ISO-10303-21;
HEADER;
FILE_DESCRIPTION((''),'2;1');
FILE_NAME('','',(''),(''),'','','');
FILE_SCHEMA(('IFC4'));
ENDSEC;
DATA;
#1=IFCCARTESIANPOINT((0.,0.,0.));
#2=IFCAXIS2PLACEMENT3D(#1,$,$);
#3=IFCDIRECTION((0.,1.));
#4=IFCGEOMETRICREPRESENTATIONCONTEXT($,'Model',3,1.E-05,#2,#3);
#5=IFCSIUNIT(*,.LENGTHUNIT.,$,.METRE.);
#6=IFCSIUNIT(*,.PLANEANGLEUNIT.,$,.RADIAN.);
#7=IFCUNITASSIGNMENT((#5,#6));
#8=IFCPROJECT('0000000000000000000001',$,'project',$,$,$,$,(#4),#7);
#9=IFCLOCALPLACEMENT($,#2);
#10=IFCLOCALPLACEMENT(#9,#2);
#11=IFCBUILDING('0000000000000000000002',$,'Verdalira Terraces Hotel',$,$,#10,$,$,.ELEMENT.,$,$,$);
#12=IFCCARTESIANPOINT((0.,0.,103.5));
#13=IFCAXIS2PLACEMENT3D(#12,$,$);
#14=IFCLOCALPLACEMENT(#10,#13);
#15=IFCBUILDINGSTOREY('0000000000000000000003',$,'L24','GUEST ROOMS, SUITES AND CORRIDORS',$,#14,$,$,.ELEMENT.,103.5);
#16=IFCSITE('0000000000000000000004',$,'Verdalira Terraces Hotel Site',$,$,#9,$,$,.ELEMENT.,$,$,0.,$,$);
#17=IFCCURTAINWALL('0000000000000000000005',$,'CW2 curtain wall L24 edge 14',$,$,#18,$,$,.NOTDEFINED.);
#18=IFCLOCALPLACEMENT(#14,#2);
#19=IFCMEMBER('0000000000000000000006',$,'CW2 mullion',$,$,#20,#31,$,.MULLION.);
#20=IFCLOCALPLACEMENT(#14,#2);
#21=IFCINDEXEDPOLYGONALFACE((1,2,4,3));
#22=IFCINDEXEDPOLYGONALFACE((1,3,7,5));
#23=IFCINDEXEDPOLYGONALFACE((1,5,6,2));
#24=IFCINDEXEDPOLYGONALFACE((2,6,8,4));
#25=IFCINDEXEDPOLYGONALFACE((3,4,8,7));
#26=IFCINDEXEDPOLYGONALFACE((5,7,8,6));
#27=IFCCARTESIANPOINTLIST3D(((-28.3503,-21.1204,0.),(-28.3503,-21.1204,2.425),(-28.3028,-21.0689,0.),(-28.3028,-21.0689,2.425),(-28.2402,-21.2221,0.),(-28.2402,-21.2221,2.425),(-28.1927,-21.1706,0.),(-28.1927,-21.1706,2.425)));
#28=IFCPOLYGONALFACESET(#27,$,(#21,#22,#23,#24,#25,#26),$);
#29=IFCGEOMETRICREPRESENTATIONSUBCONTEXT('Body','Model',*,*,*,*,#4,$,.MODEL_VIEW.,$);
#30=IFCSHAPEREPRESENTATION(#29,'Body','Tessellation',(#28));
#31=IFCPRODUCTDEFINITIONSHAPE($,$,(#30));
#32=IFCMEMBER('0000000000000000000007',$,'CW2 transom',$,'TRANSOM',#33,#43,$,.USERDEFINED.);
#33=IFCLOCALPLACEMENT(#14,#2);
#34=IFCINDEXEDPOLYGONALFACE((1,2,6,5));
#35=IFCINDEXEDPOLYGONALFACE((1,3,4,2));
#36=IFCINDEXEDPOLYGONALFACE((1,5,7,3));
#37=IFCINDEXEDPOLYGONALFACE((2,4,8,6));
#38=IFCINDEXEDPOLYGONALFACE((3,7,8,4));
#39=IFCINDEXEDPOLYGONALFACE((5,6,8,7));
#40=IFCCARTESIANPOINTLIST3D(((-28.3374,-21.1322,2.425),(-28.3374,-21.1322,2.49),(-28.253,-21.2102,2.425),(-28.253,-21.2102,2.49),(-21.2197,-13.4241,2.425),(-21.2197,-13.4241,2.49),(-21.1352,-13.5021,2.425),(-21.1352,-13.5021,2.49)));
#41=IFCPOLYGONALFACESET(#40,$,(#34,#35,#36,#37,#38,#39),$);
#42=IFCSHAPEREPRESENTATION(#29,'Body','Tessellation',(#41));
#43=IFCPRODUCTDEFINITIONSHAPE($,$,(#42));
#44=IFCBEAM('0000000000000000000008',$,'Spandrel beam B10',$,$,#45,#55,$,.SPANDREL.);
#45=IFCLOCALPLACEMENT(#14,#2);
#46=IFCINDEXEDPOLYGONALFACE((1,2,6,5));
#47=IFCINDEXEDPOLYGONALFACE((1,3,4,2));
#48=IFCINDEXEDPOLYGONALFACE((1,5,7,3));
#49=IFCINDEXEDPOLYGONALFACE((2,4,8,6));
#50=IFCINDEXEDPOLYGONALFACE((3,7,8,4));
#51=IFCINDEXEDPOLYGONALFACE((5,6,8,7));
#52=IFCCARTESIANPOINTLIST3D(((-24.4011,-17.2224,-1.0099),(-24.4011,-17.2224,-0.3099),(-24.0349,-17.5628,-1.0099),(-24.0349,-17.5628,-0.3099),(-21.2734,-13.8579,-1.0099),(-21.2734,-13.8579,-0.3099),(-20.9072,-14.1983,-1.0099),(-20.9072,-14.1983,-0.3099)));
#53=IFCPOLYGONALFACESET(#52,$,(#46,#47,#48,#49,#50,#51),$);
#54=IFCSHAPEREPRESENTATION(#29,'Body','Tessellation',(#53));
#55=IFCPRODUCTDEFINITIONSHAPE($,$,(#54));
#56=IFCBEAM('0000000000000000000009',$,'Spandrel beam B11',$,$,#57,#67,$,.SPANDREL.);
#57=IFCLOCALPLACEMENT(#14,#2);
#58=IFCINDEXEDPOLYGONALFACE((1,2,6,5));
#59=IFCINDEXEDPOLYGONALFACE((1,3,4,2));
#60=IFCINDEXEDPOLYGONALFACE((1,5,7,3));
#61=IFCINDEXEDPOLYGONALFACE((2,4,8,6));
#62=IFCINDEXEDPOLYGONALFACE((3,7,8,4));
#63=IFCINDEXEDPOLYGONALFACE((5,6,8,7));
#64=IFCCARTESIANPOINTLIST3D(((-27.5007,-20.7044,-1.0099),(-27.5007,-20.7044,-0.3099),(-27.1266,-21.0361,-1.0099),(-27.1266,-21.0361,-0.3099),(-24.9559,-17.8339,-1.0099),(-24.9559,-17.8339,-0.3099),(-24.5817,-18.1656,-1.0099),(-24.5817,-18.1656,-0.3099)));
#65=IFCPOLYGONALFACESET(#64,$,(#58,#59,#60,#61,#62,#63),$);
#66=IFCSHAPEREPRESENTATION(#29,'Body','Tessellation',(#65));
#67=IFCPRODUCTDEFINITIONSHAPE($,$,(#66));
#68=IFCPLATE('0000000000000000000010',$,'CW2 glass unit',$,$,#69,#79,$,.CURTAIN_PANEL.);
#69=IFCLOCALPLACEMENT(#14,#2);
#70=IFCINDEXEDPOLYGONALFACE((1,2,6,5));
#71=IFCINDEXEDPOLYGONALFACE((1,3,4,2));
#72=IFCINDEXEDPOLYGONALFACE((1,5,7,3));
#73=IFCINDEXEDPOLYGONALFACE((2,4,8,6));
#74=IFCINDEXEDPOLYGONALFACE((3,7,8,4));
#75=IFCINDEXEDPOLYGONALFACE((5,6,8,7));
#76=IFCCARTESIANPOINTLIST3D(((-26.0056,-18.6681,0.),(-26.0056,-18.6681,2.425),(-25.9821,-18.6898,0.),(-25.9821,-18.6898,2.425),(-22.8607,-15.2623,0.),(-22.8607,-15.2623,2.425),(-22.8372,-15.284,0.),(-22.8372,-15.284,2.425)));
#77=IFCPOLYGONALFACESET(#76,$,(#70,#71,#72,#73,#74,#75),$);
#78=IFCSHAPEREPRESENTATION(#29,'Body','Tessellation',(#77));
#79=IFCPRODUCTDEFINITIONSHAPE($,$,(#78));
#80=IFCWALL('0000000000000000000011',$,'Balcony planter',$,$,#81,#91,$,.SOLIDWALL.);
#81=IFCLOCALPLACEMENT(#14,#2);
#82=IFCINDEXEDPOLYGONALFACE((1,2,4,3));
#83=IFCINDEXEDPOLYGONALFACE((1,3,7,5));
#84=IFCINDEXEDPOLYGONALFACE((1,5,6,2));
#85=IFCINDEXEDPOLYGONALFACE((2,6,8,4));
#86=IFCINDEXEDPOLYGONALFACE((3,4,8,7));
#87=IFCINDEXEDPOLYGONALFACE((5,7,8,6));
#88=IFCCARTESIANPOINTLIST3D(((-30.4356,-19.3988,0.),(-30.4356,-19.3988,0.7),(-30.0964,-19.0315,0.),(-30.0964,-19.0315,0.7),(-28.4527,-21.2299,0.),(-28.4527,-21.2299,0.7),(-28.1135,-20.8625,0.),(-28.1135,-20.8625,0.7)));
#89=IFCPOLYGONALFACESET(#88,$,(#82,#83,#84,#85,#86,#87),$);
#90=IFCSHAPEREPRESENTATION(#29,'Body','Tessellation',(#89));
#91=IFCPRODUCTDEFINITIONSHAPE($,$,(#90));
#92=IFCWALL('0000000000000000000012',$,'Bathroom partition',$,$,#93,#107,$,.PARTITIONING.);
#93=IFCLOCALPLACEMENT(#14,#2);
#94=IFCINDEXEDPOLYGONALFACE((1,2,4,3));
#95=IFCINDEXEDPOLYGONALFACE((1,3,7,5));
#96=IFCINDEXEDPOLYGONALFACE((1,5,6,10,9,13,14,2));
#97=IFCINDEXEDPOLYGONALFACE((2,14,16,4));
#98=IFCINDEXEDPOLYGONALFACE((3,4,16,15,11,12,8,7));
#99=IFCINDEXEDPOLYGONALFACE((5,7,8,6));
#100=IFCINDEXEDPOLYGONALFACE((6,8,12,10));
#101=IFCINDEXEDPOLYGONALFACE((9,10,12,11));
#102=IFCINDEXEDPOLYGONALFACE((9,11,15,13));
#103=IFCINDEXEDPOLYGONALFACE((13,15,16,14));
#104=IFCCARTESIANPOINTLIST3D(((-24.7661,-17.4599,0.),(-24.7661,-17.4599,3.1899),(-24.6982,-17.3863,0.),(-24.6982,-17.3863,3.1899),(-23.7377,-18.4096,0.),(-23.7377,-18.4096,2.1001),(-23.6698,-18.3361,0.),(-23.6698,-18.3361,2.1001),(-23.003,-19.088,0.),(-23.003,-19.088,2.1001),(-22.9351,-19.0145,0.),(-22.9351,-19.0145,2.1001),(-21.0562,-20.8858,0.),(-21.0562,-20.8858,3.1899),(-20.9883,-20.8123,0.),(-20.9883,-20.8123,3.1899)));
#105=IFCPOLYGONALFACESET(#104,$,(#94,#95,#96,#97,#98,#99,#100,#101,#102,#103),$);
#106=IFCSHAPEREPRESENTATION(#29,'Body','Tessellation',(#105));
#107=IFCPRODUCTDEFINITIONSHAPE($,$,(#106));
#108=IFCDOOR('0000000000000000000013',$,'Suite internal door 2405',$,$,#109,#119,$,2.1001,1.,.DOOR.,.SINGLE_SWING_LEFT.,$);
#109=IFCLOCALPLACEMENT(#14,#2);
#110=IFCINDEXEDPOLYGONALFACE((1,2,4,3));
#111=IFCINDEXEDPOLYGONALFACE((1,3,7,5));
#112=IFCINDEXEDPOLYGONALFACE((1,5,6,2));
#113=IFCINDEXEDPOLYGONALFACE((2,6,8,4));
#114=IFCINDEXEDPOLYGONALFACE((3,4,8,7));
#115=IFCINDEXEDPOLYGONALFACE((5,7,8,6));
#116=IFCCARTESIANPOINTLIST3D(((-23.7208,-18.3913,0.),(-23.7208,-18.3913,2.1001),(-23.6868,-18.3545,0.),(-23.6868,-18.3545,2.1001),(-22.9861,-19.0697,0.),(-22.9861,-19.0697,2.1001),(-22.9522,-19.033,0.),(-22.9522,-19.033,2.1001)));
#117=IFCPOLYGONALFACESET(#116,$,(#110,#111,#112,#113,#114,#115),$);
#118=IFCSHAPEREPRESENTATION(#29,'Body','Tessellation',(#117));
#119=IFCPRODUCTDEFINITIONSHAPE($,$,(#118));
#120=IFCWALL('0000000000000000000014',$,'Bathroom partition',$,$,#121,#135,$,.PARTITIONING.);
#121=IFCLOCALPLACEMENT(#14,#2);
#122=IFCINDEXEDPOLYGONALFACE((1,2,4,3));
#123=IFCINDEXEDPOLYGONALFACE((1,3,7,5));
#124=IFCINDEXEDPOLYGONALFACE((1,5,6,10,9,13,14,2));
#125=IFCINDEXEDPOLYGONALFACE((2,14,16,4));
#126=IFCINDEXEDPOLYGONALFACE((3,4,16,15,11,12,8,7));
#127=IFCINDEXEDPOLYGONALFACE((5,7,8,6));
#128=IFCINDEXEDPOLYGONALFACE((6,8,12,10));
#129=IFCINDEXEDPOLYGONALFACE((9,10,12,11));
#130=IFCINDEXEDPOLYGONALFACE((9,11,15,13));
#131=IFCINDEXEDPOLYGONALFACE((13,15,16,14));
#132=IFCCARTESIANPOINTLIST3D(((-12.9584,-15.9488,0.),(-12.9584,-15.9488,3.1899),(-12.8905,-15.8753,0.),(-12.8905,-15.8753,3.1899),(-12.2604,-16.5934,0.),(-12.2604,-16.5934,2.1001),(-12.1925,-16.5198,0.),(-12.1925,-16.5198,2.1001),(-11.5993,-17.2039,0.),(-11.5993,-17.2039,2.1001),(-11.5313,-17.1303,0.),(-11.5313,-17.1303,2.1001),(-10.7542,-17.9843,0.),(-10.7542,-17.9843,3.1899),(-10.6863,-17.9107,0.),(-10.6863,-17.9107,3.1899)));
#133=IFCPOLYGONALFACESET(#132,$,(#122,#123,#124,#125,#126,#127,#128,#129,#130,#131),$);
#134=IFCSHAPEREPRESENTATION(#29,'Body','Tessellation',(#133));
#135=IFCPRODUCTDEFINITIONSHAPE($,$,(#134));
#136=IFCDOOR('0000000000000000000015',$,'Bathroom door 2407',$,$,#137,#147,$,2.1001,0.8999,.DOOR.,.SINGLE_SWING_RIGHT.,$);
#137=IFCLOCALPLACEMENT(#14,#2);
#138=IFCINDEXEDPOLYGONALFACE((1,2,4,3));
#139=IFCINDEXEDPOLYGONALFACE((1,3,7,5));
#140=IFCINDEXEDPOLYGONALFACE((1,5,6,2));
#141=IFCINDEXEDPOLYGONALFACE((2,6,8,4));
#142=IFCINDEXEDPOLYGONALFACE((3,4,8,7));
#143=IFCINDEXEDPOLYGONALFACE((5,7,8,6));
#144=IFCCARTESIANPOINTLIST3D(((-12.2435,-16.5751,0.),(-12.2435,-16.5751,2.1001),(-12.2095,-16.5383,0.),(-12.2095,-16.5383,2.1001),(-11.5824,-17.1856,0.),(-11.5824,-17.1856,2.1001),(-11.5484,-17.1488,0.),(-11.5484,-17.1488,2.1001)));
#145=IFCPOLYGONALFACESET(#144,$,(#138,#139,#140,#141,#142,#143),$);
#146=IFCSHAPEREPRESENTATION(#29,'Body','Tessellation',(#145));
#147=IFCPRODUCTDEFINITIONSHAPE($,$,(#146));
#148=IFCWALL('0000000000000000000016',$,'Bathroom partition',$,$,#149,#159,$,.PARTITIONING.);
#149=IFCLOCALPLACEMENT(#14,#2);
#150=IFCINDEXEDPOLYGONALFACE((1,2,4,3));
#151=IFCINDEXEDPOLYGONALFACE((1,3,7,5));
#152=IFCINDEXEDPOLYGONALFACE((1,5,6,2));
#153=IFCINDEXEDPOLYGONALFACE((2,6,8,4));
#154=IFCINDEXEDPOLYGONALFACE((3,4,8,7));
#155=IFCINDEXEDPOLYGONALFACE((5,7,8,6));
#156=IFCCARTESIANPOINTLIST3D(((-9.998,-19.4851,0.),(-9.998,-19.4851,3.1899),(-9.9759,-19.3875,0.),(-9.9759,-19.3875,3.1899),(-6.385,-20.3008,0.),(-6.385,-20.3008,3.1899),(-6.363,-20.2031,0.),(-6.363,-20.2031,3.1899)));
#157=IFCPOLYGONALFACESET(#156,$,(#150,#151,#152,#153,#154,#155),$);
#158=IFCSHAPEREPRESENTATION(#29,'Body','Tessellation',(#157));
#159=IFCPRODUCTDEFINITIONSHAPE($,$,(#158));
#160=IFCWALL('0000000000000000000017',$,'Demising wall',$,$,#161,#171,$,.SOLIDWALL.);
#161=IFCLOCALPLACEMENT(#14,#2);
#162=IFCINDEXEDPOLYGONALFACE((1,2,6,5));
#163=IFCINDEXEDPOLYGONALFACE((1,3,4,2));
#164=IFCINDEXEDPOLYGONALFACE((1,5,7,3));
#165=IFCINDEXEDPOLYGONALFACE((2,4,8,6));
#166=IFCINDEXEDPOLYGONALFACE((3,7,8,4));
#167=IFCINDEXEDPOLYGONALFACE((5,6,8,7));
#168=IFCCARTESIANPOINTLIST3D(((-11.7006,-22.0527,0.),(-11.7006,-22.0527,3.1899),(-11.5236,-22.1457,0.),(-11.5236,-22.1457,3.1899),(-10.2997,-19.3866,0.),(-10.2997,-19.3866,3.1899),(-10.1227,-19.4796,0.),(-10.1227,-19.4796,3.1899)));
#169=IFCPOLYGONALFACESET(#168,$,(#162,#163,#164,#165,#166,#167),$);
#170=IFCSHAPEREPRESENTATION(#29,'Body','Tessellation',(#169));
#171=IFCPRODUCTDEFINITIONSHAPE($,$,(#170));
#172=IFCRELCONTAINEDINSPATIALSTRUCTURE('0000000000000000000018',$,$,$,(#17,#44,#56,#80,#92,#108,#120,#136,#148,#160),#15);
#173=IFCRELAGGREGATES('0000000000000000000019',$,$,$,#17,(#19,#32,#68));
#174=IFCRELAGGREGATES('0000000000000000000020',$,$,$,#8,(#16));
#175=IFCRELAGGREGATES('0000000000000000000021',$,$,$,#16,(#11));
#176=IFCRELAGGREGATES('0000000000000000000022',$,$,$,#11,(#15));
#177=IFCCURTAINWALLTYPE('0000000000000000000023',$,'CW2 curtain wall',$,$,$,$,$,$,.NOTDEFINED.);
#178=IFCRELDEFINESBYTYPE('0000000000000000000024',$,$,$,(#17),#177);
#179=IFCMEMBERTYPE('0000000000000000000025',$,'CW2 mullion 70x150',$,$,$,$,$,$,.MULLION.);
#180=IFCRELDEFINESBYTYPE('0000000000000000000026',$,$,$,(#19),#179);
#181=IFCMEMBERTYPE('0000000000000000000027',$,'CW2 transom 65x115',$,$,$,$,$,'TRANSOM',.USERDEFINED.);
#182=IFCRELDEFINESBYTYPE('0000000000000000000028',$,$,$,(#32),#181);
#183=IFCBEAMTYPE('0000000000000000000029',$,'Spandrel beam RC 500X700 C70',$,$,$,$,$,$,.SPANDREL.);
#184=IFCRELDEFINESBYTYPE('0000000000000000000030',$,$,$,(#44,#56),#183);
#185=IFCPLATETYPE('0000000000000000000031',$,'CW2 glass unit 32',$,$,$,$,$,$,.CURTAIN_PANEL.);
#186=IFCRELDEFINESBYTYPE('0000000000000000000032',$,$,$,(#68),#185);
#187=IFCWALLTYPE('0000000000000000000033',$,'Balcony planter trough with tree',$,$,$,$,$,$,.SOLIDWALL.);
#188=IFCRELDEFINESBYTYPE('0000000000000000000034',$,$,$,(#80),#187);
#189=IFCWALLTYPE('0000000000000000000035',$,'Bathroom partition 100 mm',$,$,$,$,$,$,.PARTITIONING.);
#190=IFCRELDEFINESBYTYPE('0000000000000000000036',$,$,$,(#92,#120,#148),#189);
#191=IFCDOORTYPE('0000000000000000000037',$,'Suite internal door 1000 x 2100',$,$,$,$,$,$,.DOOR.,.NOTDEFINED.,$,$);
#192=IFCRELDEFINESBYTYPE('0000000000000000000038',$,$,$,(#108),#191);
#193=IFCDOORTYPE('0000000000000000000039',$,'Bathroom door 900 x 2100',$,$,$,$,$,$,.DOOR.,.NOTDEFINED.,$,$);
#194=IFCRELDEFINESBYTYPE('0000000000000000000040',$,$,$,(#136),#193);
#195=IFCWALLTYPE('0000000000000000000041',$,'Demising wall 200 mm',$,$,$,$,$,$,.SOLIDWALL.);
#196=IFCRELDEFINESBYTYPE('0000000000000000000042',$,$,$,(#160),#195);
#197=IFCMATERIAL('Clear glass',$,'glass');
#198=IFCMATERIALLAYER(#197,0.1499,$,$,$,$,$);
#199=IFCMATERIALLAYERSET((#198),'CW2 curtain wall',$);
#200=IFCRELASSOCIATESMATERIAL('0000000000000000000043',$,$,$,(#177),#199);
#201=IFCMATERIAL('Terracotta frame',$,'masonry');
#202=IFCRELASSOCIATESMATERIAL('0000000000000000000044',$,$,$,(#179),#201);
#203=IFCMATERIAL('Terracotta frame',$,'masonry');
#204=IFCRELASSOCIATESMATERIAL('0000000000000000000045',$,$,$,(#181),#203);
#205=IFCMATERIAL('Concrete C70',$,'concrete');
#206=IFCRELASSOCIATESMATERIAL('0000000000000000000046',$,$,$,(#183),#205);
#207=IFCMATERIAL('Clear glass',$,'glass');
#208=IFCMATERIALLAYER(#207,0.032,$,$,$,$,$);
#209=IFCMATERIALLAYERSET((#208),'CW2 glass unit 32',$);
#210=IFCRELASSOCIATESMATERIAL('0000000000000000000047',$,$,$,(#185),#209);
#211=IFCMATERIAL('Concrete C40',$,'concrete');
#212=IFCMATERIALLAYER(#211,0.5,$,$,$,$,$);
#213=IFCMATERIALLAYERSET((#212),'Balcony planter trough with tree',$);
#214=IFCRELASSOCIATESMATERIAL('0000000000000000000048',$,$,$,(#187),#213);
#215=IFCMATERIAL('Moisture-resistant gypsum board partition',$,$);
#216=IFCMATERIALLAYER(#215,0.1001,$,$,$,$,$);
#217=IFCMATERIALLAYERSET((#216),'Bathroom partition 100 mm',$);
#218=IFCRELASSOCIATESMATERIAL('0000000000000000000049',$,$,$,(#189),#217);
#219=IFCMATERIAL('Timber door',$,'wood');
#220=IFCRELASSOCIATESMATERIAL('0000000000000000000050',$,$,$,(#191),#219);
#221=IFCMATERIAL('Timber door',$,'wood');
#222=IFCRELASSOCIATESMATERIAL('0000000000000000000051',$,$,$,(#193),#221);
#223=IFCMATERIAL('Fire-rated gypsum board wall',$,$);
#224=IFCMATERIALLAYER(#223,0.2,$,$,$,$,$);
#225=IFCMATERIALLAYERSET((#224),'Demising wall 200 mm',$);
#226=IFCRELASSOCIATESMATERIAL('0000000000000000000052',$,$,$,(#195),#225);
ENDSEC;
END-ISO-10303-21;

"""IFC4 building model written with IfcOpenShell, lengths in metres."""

from ifc_helpers import new_model, si_unit, direction, frame, frame_2d, origin, origin_2d, place, context, subcontext, project, spatial, rectangle, extrude, material, layer, layer_set, material_profile, profile_set, type_object, element, fill, aggregate, save


model = new_model("IFC4")

# Units and contexts
model_context = context("Model", 3, precision=1e-05, world=origin(), true_north=direction((0.0, 1.0)))
body_context = subcontext(model_context, "Body", "Model", "MODEL_VIEW")
ifc_project = project(units=[si_unit("LENGTHUNIT", "METRE"), si_unit("PLANEANGLEUNIT", "RADIAN")], contexts=[model_context])

# Site, building, storey
site_placement = place(None, origin())
site = spatial("IfcSite", under=ifc_project, at=site_placement, Name="Verdalira Terraces Hotel Site", CompositionType="ELEMENT", RefElevation=0.0)
building_placement = place(site_placement, origin())
building = spatial("IfcBuilding", under=site, at=building_placement, Name="Verdalira Terraces Hotel", CompositionType="ELEMENT")
storey_placement = place(building_placement, frame((0.0, 0.0, 103.5)))
storey = spatial("IfcBuildingStorey", under=building, at=storey_placement, Name="L24", Description="GUEST ROOMS, SUITES AND CORRIDORS", CompositionType="ELEMENT", Elevation=103.5)

# Curtain wall, members
ifc_material_1 = material(Name="Clear glass", Category="glass")
ifc_layer_1 = layer(ifc_material_1, 0.1499)
ifc_layer_set_1 = layer_set([ifc_layer_1], Name="CW2 curtain wall")
curtain_wall_type_1 = type_object("IfcCurtainWallType", Name="CW2 curtain wall", PredefinedType="NOTDEFINED", material=ifc_layer_set_1)
curtain_wall_1_placement = place(storey_placement, origin())
curtain_wall_1 = element("IfcCurtainWall", 1, at=curtain_wall_1_placement, inside=storey, type_object=curtain_wall_type_1, Name="CW2 curtain wall L24 edge 14", PredefinedType="NOTDEFINED")
ifc_material_2 = material(Name="Terracotta frame", Category="masonry")
ifc_material_profile_1 = material_profile(ifc_material_2, rectangle(XDim=0.0701, YDim=0.1499, at=origin_2d()), Name="MU 70x150")
ifc_profile_set_1 = profile_set([ifc_material_profile_1], Name="Terracotta frame")
member_type_1 = type_object("IfcMemberType", Name="CW2 mullion 70x150", PredefinedType="MULLION", material=ifc_profile_set_1)
member_1_placement = place(storey_placement, frame((-28.2715, -21.1455, 0.0), z_axis=(0.0, 0.0, 1.0), x_axis=(-0.678416, -0.734678, 0.0)))
member_1 = element("IfcMember", 2, at=member_1_placement, type_object=member_type_1, Name="CW2 mullion", PredefinedType="MULLION", context=body_context, shape_type="SweptSolid", body=[
    extrude(rectangle(XDim=0.0701, YDim=0.1499, at=origin_2d()), origin(), (0.0, 0.0, 1.0), 2.425),
])
ifc_material_3 = material(Name="Terracotta frame", Category="masonry")
ifc_material_profile_2 = material_profile(ifc_material_3, rectangle(XDim=0.115, YDim=0.0649, at=origin_2d()), Name="TR 65x115")
ifc_profile_set_2 = profile_set([ifc_material_profile_2], Name="Terracotta frame")
member_type_2 = type_object("IfcMemberType", Name="CW2 transom 65x115", ElementType="TRANSOM", PredefinedType="USERDEFINED", material=ifc_profile_set_2)
member_2_placement = place(storey_placement, frame((-21.1775, -13.4631, 2.4575), z_axis=(-0.678413, -0.73468, 0.0), x_axis=(0.73468, -0.678413, 0.0)))
member_2 = element("IfcMember", 3, at=member_2_placement, type_object=member_type_2, Name="CW2 transom", ObjectType="TRANSOM", PredefinedType="USERDEFINED", context=body_context, shape_type="SweptSolid", body=[
    extrude(rectangle(XDim=0.115, YDim=0.0649, at=origin_2d()), origin(), (0.0, 0.0, 1.0), 10.4917),
])

# Beams
ifc_material_4 = material(Name="Concrete C70", Category="concrete")
ifc_material_profile_3 = material_profile(ifc_material_4, rectangle(XDim=0.5, YDim=0.7, at=origin_2d()), Name="RC 500X700")
ifc_profile_set_3 = profile_set([ifc_material_profile_3], Name="Concrete C70")
beam_type_1 = type_object("IfcBeamType", Name="Spandrel beam RC 500X700 C70", PredefinedType="SPANDREL", material=ifc_profile_set_3)
beam_1_placement = place(storey_placement, frame((-21.0903, -14.0281, -0.6599), z_axis=(-0.680861, -0.732413, 0.0), x_axis=(0.732413, -0.680861, 0.0)))
element("IfcBeam", 4, at=beam_1_placement, inside=storey, type_object=beam_type_1, Name="Spandrel beam B10", PredefinedType="SPANDREL", context=body_context, shape_type="SweptSolid", body=[
    extrude(rectangle(XDim=0.5, YDim=0.7, at=origin_2d()), origin(), (0.0, 0.0, 1.0), 4.5938),
])
beam_2_placement = place(storey_placement, frame((-24.7688, -17.9998, -0.6599), z_axis=(-0.663384, -0.748279, 0.0), x_axis=(0.748279, -0.663384, 0.0)))
element("IfcBeam", 5, at=beam_2_placement, inside=storey, type_object=beam_type_1, Name="Spandrel beam B11", PredefinedType="SPANDREL", context=body_context, shape_type="SweptSolid", body=[
    extrude(rectangle(XDim=0.5, YDim=0.7, at=origin_2d()), origin(), (0.0, 0.0, 1.0), 3.8362),
])

# Plate
ifc_material_5 = material(Name="Clear glass", Category="glass")
ifc_layer_2 = layer(ifc_material_5, 0.032)
ifc_layer_set_2 = layer_set([ifc_layer_2], Name="CW2 glass unit 32")
plate_type = type_object("IfcPlateType", Name="CW2 glass unit 32", PredefinedType="CURTAIN_PANEL", material=ifc_layer_set_2)
plate_placement = place(storey_placement, frame((-24.4214, -16.9761, 0.0), z_axis=(0.0, 0.0, 1.0), x_axis=(-0.678416, -0.734678, 0.0)))
plate = element("IfcPlate", 6, at=plate_placement, type_object=plate_type, Name="CW2 glass unit", PredefinedType="CURTAIN_PANEL", context=body_context, shape_type="SweptSolid", body=[
    extrude(rectangle(XDim=4.6357, YDim=0.032, at=origin_2d()), origin(), (0.0, 0.0, 1.0), 2.425),
])
aggregate(curtain_wall_1, [member_1, member_2, plate])

# Wall
ifc_material_6 = material(Name="Concrete C40", Category="concrete")
ifc_layer_3 = layer(ifc_material_6, 0.5)
ifc_layer_set_3 = layer_set([ifc_layer_3], Name="Balcony planter trough with tree")
wall_type_1 = type_object("IfcWallType", Name="Balcony planter trough with tree", PredefinedType="SOLIDWALL", material=ifc_layer_set_3)
wall_1_placement = place(storey_placement, frame((-30.2661, -19.2151, 0.0), z_axis=(0.0, 0.0, 1.0), x_axis=(0.734679, -0.678415, 0.0)))
element("IfcWall", 7, at=wall_1_placement, inside=storey, type_object=wall_type_1, Name="Balcony planter", PredefinedType="SOLIDWALL", context=body_context, shape_type="SweptSolid", body=[
    extrude(rectangle(XDim=2.699, YDim=0.5, at=frame_2d((1.3496, 0.0))), origin(), (0.0, 0.0, 1.0), 0.7),
])

# Walls, openings, doors
ifc_material_7 = material(Name="Moisture-resistant gypsum board partition")
ifc_layer_4 = layer(ifc_material_7, 0.1001)
ifc_layer_set_4 = layer_set([ifc_layer_4], Name="Bathroom partition 100 mm")
wall_type_2 = type_object("IfcWallType", Name="Bathroom partition 100 mm", PredefinedType="PARTITIONING", material=ifc_layer_set_4)
wall_2_placement = place(storey_placement, frame((-24.7322, -17.4231, 0.0), z_axis=(0.0, 0.0, 1.0), x_axis=(0.734661, -0.678435, 0.0)))
wall_2 = element("IfcWall", 8, at=wall_2_placement, inside=storey, type_object=wall_type_2, Name="Bathroom partition", PredefinedType="PARTITIONING", context=body_context, shape_type="SweptSolid", body=[
    extrude(rectangle(XDim=5.0498, YDim=0.1001, at=frame_2d((2.5249, 0.0))), origin(), (0.0, 0.0, 1.0), 3.1899),
])
opening_1_placement = place(wall_2_placement, frame((1.3999, 0.0, 0.0)))
opening_1 = element("IfcOpeningElement", 9, at=opening_1_placement, cuts=wall_2, PredefinedType="OPENING", context=body_context, shape_type="SweptSolid", body=[
    extrude(rectangle(XDim=1.0, YDim=2.1001, at=frame_2d((0.5, 1.05))), frame((0.0, 0.0601, 0.0), z_axis=(0.0, -1.0, 0.0), x_axis=(1.0, 0.0, 0.0)), (0.0, 0.0, 1.0), 0.1201),
])
ifc_material_8 = material(Name="Timber door", Category="wood")
door_type_1 = type_object("IfcDoorType", Name="Suite internal door 1000 x 2100", OperationType="NOTDEFINED", PredefinedType="DOOR", material=ifc_material_8)
door_1_placement = place(opening_1_placement, origin())
door_1 = element("IfcDoor", 10, at=door_1_placement, inside=storey, type_object=door_type_1, Name="Suite internal door 2405", OperationType="SINGLE_SWING_LEFT", OverallHeight=2.1001, OverallWidth=1.0, PredefinedType="DOOR", context=body_context, shape_type="SweptSolid", body=[
    extrude(rectangle(XDim=1.0, YDim=2.1001, at=frame_2d((0.5, 1.05))), frame((0.0, 0.0249, 0.0), z_axis=(0.0, -1.0, 0.0), x_axis=(1.0, 0.0, 0.0)), (0.0, 0.0, 1.0), 0.05),
])
fill(opening_1, door_1)
wall_3_placement = place(storey_placement, frame((-12.9243, -15.9121, 0.0), z_axis=(0.0, 0.0, 1.0), x_axis=(0.734663, -0.678432, 0.0)))
wall_3 = element("IfcWall", 11, at=wall_3_placement, inside=storey, type_object=wall_type_2, Name="Bathroom partition", PredefinedType="PARTITIONING", context=body_context, shape_type="SweptSolid", body=[
    extrude(rectangle(XDim=3.0002, YDim=0.1001, at=frame_2d((1.5, 0.0))), origin(), (0.0, 0.0, 1.0), 3.1899),
])
opening_2_placement = place(wall_3_placement, frame((0.95, 0.0, 0.0)))
opening_2 = element("IfcOpeningElement", 12, at=opening_2_placement, cuts=wall_3, PredefinedType="OPENING", context=body_context, shape_type="SweptSolid", body=[
    extrude(rectangle(XDim=0.8999, YDim=2.1001, at=frame_2d((0.45, 1.05))), frame((0.0, 0.0601, 0.0), z_axis=(0.0, -1.0, 0.0), x_axis=(1.0, 0.0, 0.0)), (0.0, 0.0, 1.0), 0.1201),
])
ifc_material_9 = material(Name="Timber door", Category="wood")
door_type_2 = type_object("IfcDoorType", Name="Bathroom door 900 x 2100", OperationType="NOTDEFINED", PredefinedType="DOOR", material=ifc_material_9)
door_2_placement = place(opening_2_placement, origin())
door_2 = element("IfcDoor", 13, at=door_2_placement, inside=storey, type_object=door_type_2, Name="Bathroom door 2407", OperationType="SINGLE_SWING_RIGHT", OverallHeight=2.1001, OverallWidth=0.8999, PredefinedType="DOOR", context=body_context, shape_type="SweptSolid", body=[
    extrude(rectangle(XDim=0.8999, YDim=2.1001, at=frame_2d((0.45, 1.05))), frame((0.0, 0.0249, 0.0), z_axis=(0.0, -1.0, 0.0), x_axis=(1.0, 0.0, 0.0)), (0.0, 0.0, 1.0), 0.05),
])
fill(opening_2, door_2)

# Walls
wall_4_placement = place(storey_placement, frame((-9.9871, -19.4363, 0.0), z_axis=(0.0, 0.0, 1.0), x_axis=(0.975451, -0.220216, 0.0)))
element("IfcWall", 14, at=wall_4_placement, inside=storey, type_object=wall_type_2, Name="Bathroom partition", PredefinedType="PARTITIONING", context=body_context, shape_type="SweptSolid", body=[
    extrude(rectangle(XDim=3.7039, YDim=0.1001, at=frame_2d((1.8521, 0.0))), origin(), (0.0, 0.0, 1.0), 3.1899),
])
ifc_material_10 = material(Name="Fire-rated gypsum board wall")
ifc_layer_5 = layer(ifc_material_10, 0.2)
ifc_layer_set_5 = layer_set([ifc_layer_5], Name="Demising wall 200 mm")
wall_type_3 = type_object("IfcWallType", Name="Demising wall 200 mm", PredefinedType="SOLIDWALL", material=ifc_layer_set_5)
wall_5_placement = place(storey_placement, frame((-10.2112, -19.4331, 0.0), z_axis=(0.0, 0.0, 1.0), x_axis=(-0.465152, -0.885231, 0.0)))
element("IfcWall", 15, at=wall_5_placement, inside=storey, type_object=wall_type_3, Name="Demising wall", PredefinedType="SOLIDWALL", context=body_context, shape_type="SweptSolid", body=[
    extrude(rectangle(XDim=3.0117, YDim=0.2, at=frame_2d((1.5059, 0.0))), origin(), (0.0, 0.0, 1.0), 3.1899),
])

save(model, "model.ifc")
